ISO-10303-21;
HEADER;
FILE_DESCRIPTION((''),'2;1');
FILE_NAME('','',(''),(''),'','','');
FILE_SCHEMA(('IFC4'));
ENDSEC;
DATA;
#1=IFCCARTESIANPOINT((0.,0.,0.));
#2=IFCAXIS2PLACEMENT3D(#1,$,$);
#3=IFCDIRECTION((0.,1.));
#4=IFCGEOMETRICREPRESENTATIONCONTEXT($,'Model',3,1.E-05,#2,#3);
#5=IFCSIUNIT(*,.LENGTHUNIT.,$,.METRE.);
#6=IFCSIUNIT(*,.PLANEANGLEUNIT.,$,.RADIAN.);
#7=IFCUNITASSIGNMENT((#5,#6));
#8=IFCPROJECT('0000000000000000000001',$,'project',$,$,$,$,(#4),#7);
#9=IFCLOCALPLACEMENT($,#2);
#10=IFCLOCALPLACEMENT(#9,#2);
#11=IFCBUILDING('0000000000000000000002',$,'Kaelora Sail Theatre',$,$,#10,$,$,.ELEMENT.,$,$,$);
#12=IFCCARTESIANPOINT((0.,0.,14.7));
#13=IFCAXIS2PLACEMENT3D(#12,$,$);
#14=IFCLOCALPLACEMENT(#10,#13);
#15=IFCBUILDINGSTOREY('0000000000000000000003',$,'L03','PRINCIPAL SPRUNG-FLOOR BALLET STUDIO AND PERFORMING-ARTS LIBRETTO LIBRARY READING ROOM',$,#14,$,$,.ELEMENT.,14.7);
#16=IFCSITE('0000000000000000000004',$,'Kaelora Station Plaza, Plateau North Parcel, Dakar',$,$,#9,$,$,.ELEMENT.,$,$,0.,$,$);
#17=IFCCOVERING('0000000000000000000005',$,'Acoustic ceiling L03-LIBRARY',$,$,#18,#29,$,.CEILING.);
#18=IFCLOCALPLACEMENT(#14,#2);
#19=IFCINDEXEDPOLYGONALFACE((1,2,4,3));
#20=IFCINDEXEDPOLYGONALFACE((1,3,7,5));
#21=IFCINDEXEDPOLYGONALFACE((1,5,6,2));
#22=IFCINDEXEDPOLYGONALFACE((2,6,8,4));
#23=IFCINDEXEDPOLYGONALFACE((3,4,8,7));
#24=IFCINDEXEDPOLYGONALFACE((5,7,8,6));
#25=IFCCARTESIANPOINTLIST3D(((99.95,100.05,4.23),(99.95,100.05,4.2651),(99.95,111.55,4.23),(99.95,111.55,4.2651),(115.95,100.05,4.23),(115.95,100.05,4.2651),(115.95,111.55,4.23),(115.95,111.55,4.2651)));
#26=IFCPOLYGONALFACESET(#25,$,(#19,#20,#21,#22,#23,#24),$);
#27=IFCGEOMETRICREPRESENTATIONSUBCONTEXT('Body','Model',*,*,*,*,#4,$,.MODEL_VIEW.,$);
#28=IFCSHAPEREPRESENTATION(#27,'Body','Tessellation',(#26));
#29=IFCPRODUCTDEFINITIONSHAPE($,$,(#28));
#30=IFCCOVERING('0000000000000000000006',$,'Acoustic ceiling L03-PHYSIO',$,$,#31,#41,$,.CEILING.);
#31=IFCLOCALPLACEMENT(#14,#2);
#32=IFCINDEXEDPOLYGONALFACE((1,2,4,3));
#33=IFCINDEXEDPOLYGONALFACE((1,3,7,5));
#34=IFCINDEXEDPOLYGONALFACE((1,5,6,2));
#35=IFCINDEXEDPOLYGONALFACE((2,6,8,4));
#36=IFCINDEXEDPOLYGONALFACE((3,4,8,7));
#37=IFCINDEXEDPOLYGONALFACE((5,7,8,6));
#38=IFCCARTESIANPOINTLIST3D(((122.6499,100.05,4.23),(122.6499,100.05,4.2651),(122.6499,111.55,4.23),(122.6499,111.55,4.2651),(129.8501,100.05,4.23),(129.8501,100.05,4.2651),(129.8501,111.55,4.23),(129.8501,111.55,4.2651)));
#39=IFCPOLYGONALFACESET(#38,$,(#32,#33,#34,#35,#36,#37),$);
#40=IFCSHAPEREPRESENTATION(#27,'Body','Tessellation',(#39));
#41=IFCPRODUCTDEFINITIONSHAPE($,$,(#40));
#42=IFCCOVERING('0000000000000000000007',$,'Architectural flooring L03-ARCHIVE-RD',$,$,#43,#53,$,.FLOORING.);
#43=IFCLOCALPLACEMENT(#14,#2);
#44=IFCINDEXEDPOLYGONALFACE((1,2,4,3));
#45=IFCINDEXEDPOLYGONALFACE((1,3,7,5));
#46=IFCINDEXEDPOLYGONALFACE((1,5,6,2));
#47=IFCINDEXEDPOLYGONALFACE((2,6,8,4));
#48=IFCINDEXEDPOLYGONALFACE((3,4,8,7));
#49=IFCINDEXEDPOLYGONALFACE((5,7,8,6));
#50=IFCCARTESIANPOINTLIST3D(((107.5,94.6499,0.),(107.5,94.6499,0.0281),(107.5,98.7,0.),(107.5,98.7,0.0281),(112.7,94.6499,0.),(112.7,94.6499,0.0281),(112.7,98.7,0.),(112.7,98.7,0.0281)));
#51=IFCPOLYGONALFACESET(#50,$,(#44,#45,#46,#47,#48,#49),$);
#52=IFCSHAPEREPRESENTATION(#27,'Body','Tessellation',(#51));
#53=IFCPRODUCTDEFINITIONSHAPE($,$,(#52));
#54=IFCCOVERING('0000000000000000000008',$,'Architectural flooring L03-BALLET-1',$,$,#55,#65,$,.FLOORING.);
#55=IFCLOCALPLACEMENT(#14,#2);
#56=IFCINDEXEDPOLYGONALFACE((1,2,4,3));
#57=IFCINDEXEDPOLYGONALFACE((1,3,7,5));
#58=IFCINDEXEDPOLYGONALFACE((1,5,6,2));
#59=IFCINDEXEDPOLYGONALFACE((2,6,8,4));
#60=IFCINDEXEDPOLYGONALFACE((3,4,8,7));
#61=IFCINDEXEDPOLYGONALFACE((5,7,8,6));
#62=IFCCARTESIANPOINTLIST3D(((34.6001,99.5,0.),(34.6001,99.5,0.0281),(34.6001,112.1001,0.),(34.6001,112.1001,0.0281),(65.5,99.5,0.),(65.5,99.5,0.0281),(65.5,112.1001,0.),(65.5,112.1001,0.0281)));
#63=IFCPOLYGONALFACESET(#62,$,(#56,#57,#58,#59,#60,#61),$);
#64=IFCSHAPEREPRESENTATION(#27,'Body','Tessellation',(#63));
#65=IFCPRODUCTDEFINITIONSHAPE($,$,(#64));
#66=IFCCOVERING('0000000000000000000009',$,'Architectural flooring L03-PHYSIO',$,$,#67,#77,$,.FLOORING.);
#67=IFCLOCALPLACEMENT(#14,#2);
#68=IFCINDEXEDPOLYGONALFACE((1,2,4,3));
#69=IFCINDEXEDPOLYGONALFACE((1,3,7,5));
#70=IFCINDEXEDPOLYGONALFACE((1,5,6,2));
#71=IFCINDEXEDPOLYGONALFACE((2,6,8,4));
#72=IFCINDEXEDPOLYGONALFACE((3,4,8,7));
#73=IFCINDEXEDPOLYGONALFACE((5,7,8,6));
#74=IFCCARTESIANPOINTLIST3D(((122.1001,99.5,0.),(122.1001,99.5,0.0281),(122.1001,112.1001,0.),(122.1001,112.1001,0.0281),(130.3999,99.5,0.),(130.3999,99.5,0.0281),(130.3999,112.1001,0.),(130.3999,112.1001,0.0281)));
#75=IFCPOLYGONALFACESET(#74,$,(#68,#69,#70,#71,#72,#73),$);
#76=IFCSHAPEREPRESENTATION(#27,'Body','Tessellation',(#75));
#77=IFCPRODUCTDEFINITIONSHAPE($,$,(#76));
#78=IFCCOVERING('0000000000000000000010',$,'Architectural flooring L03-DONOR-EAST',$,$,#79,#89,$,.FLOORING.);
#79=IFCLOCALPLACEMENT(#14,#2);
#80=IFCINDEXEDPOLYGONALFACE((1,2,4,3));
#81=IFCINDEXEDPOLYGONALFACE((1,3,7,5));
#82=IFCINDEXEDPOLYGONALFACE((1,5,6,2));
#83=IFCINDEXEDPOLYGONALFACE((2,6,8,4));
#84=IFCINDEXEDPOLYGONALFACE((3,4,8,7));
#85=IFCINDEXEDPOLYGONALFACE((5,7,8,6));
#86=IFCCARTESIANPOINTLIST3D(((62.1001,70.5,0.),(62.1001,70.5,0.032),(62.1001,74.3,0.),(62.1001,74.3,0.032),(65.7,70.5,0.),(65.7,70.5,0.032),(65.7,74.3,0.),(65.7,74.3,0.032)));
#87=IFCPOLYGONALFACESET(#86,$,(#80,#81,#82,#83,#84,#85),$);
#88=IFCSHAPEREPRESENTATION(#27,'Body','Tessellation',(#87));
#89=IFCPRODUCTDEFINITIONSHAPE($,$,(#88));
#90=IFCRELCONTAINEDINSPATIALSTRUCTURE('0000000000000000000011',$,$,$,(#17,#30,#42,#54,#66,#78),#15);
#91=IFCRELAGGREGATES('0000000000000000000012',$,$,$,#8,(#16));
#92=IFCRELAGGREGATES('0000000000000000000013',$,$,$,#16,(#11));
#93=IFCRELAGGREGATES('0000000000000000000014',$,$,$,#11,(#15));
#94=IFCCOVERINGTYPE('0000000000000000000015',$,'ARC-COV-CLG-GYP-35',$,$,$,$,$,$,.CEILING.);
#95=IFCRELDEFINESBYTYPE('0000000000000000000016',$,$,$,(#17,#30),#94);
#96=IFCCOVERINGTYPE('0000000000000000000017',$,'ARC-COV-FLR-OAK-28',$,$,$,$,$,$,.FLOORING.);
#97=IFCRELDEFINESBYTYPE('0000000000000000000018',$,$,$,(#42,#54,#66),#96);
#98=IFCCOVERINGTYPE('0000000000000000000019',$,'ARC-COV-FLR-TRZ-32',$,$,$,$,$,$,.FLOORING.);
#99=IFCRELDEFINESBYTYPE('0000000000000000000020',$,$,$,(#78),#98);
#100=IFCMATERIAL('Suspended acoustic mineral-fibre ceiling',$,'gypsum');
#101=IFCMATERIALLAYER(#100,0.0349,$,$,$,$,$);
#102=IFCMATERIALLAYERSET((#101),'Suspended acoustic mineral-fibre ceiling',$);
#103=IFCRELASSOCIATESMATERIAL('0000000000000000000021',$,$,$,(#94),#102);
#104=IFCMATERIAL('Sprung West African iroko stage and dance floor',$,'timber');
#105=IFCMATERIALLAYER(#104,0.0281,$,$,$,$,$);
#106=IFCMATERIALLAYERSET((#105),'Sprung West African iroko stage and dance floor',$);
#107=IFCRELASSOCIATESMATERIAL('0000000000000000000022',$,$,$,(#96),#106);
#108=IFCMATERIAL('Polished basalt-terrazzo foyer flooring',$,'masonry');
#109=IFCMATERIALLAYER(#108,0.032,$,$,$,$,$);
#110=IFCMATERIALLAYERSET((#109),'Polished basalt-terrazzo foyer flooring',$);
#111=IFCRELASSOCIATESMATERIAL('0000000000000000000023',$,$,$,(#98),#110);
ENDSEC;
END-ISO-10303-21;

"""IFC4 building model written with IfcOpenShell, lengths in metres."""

from ifc_helpers import new_model, si_unit, direction, frame, origin, place, context, subcontext, project, spatial, polyline, outline, extrude, material, layer, layer_set, type_object, element, save


model = new_model("IFC4")

# Units and contexts
model_context = context("Model", 3, precision=1e-05, world=origin(), true_north=direction((0.0, 1.0)))
body_context = subcontext(model_context, "Body", "Model", "MODEL_VIEW")
ifc_project = project(units=[si_unit("LENGTHUNIT", "METRE"), si_unit("PLANEANGLEUNIT", "RADIAN")], contexts=[model_context])

# Site, building, storey
site_placement = place(None, origin())
site = spatial("IfcSite", under=ifc_project, at=site_placement, Name="Kaelora Station Plaza, Plateau North Parcel, Dakar", CompositionType="ELEMENT", RefElevation=0.0)
building_placement = place(site_placement, origin())
building = spatial("IfcBuilding", under=site, at=building_placement, Name="Kaelora Sail Theatre", CompositionType="ELEMENT")
storey_placement = place(building_placement, frame((0.0, 0.0, 14.7)))
storey = spatial("IfcBuildingStorey", under=building, at=storey_placement, Name="L03", Description="PRINCIPAL SPRUNG-FLOOR BALLET STUDIO AND PERFORMING-ARTS LIBRETTO LIBRARY READING ROOM", CompositionType="ELEMENT", Elevation=14.7)

# Coverings
ifc_material_1 = material(Name="Suspended acoustic mineral-fibre ceiling", Category="gypsum")
ifc_layer_1 = layer(ifc_material_1, 0.0349)
ifc_layer_set_1 = layer_set([ifc_layer_1], Name="Suspended acoustic mineral-fibre ceiling")
covering_type_1 = type_object("IfcCoveringType", Name="ARC-COV-CLG-GYP-35", PredefinedType="CEILING", material=ifc_layer_set_1)
covering_1_placement = place(storey_placement, frame((0.0, 0.0, 4.23)))
element("IfcCovering", 1, at=covering_1_placement, inside=storey, type_object=covering_type_1, Name="Acoustic ceiling L03-LIBRARY", PredefinedType="CEILING", context=body_context, shape_type="SweptSolid", body=[
    extrude(outline(polyline([(99.95, 100.05), (115.95, 100.05), (115.95, 111.55), (99.95, 111.55), (99.95, 100.05)])), origin(), (0.0, 0.0, 1.0), 0.0352),
])
covering_2_placement = place(storey_placement, frame((0.0, 0.0, 4.23)))
element("IfcCovering", 2, at=covering_2_placement, inside=storey, type_object=covering_type_1, Name="Acoustic ceiling L03-PHYSIO", PredefinedType="CEILING", context=body_context, shape_type="SweptSolid", body=[
    extrude(outline(polyline([(122.6499, 100.05), (129.8501, 100.05), (129.8501, 111.55), (122.6499, 111.55), (122.6499, 100.05)])), origin(), (0.0, 0.0, 1.0), 0.0352),
])
ifc_material_2 = material(Name="Sprung West African iroko stage and dance floor", Category="timber")
ifc_layer_2 = layer(ifc_material_2, 0.0281)
ifc_layer_set_2 = layer_set([ifc_layer_2], Name="Sprung West African iroko stage and dance floor")
covering_type_2 = type_object("IfcCoveringType", Name="ARC-COV-FLR-OAK-28", PredefinedType="FLOORING", material=ifc_layer_set_2)
covering_3_placement = place(storey_placement, origin())
element("IfcCovering", 3, at=covering_3_placement, inside=storey, type_object=covering_type_2, Name="Architectural flooring L03-ARCHIVE-RD", PredefinedType="FLOORING", context=body_context, shape_type="SweptSolid", body=[
    extrude(outline(polyline([(107.5, 94.6499), (112.7, 94.6499), (112.7, 98.7), (107.5, 98.7), (107.5, 94.6499)])), origin(), (0.0, 0.0, 1.0), 0.0281),
])
covering_4_placement = place(storey_placement, origin())
element("IfcCovering", 4, at=covering_4_placement, inside=storey, type_object=covering_type_2, Name="Architectural flooring L03-BALLET-1", PredefinedType="FLOORING", context=body_context, shape_type="SweptSolid", body=[
    extrude(outline(polyline([(34.6001, 99.5), (65.5, 99.5), (65.5, 112.1001), (34.6001, 112.1001), (34.6001, 99.5)])), origin(), (0.0, 0.0, 1.0), 0.0281),
])
covering_5_placement = place(storey_placement, origin())
element("IfcCovering", 5, at=covering_5_placement, inside=storey, type_object=covering_type_2, Name="Architectural flooring L03-PHYSIO", PredefinedType="FLOORING", context=body_context, shape_type="SweptSolid", body=[
    extrude(outline(polyline([(122.1001, 99.5), (130.3999, 99.5), (130.3999, 112.1001), (122.1001, 112.1001), (122.1001, 99.5)])), origin(), (0.0, 0.0, 1.0), 0.0281),
])
ifc_material_3 = material(Name="Polished basalt-terrazzo foyer flooring", Category="masonry")
ifc_layer_3 = layer(ifc_material_3, 0.032)
ifc_layer_set_3 = layer_set([ifc_layer_3], Name="Polished basalt-terrazzo foyer flooring")
covering_type_3 = type_object("IfcCoveringType", Name="ARC-COV-FLR-TRZ-32", PredefinedType="FLOORING", material=ifc_layer_set_3)
covering_6_placement = place(storey_placement, origin())
element("IfcCovering", 6, at=covering_6_placement, inside=storey, type_object=covering_type_3, Name="Architectural flooring L03-DONOR-EAST", PredefinedType="FLOORING", context=body_context, shape_type="SweptSolid", body=[
    extrude(outline(polyline([(62.1001, 70.5), (65.7, 70.5), (65.7, 74.3), (62.1001, 74.3), (62.1001, 70.5)])), origin(), (0.0, 0.0, 1.0), 0.032),
])

save(model, "model.ifc")
